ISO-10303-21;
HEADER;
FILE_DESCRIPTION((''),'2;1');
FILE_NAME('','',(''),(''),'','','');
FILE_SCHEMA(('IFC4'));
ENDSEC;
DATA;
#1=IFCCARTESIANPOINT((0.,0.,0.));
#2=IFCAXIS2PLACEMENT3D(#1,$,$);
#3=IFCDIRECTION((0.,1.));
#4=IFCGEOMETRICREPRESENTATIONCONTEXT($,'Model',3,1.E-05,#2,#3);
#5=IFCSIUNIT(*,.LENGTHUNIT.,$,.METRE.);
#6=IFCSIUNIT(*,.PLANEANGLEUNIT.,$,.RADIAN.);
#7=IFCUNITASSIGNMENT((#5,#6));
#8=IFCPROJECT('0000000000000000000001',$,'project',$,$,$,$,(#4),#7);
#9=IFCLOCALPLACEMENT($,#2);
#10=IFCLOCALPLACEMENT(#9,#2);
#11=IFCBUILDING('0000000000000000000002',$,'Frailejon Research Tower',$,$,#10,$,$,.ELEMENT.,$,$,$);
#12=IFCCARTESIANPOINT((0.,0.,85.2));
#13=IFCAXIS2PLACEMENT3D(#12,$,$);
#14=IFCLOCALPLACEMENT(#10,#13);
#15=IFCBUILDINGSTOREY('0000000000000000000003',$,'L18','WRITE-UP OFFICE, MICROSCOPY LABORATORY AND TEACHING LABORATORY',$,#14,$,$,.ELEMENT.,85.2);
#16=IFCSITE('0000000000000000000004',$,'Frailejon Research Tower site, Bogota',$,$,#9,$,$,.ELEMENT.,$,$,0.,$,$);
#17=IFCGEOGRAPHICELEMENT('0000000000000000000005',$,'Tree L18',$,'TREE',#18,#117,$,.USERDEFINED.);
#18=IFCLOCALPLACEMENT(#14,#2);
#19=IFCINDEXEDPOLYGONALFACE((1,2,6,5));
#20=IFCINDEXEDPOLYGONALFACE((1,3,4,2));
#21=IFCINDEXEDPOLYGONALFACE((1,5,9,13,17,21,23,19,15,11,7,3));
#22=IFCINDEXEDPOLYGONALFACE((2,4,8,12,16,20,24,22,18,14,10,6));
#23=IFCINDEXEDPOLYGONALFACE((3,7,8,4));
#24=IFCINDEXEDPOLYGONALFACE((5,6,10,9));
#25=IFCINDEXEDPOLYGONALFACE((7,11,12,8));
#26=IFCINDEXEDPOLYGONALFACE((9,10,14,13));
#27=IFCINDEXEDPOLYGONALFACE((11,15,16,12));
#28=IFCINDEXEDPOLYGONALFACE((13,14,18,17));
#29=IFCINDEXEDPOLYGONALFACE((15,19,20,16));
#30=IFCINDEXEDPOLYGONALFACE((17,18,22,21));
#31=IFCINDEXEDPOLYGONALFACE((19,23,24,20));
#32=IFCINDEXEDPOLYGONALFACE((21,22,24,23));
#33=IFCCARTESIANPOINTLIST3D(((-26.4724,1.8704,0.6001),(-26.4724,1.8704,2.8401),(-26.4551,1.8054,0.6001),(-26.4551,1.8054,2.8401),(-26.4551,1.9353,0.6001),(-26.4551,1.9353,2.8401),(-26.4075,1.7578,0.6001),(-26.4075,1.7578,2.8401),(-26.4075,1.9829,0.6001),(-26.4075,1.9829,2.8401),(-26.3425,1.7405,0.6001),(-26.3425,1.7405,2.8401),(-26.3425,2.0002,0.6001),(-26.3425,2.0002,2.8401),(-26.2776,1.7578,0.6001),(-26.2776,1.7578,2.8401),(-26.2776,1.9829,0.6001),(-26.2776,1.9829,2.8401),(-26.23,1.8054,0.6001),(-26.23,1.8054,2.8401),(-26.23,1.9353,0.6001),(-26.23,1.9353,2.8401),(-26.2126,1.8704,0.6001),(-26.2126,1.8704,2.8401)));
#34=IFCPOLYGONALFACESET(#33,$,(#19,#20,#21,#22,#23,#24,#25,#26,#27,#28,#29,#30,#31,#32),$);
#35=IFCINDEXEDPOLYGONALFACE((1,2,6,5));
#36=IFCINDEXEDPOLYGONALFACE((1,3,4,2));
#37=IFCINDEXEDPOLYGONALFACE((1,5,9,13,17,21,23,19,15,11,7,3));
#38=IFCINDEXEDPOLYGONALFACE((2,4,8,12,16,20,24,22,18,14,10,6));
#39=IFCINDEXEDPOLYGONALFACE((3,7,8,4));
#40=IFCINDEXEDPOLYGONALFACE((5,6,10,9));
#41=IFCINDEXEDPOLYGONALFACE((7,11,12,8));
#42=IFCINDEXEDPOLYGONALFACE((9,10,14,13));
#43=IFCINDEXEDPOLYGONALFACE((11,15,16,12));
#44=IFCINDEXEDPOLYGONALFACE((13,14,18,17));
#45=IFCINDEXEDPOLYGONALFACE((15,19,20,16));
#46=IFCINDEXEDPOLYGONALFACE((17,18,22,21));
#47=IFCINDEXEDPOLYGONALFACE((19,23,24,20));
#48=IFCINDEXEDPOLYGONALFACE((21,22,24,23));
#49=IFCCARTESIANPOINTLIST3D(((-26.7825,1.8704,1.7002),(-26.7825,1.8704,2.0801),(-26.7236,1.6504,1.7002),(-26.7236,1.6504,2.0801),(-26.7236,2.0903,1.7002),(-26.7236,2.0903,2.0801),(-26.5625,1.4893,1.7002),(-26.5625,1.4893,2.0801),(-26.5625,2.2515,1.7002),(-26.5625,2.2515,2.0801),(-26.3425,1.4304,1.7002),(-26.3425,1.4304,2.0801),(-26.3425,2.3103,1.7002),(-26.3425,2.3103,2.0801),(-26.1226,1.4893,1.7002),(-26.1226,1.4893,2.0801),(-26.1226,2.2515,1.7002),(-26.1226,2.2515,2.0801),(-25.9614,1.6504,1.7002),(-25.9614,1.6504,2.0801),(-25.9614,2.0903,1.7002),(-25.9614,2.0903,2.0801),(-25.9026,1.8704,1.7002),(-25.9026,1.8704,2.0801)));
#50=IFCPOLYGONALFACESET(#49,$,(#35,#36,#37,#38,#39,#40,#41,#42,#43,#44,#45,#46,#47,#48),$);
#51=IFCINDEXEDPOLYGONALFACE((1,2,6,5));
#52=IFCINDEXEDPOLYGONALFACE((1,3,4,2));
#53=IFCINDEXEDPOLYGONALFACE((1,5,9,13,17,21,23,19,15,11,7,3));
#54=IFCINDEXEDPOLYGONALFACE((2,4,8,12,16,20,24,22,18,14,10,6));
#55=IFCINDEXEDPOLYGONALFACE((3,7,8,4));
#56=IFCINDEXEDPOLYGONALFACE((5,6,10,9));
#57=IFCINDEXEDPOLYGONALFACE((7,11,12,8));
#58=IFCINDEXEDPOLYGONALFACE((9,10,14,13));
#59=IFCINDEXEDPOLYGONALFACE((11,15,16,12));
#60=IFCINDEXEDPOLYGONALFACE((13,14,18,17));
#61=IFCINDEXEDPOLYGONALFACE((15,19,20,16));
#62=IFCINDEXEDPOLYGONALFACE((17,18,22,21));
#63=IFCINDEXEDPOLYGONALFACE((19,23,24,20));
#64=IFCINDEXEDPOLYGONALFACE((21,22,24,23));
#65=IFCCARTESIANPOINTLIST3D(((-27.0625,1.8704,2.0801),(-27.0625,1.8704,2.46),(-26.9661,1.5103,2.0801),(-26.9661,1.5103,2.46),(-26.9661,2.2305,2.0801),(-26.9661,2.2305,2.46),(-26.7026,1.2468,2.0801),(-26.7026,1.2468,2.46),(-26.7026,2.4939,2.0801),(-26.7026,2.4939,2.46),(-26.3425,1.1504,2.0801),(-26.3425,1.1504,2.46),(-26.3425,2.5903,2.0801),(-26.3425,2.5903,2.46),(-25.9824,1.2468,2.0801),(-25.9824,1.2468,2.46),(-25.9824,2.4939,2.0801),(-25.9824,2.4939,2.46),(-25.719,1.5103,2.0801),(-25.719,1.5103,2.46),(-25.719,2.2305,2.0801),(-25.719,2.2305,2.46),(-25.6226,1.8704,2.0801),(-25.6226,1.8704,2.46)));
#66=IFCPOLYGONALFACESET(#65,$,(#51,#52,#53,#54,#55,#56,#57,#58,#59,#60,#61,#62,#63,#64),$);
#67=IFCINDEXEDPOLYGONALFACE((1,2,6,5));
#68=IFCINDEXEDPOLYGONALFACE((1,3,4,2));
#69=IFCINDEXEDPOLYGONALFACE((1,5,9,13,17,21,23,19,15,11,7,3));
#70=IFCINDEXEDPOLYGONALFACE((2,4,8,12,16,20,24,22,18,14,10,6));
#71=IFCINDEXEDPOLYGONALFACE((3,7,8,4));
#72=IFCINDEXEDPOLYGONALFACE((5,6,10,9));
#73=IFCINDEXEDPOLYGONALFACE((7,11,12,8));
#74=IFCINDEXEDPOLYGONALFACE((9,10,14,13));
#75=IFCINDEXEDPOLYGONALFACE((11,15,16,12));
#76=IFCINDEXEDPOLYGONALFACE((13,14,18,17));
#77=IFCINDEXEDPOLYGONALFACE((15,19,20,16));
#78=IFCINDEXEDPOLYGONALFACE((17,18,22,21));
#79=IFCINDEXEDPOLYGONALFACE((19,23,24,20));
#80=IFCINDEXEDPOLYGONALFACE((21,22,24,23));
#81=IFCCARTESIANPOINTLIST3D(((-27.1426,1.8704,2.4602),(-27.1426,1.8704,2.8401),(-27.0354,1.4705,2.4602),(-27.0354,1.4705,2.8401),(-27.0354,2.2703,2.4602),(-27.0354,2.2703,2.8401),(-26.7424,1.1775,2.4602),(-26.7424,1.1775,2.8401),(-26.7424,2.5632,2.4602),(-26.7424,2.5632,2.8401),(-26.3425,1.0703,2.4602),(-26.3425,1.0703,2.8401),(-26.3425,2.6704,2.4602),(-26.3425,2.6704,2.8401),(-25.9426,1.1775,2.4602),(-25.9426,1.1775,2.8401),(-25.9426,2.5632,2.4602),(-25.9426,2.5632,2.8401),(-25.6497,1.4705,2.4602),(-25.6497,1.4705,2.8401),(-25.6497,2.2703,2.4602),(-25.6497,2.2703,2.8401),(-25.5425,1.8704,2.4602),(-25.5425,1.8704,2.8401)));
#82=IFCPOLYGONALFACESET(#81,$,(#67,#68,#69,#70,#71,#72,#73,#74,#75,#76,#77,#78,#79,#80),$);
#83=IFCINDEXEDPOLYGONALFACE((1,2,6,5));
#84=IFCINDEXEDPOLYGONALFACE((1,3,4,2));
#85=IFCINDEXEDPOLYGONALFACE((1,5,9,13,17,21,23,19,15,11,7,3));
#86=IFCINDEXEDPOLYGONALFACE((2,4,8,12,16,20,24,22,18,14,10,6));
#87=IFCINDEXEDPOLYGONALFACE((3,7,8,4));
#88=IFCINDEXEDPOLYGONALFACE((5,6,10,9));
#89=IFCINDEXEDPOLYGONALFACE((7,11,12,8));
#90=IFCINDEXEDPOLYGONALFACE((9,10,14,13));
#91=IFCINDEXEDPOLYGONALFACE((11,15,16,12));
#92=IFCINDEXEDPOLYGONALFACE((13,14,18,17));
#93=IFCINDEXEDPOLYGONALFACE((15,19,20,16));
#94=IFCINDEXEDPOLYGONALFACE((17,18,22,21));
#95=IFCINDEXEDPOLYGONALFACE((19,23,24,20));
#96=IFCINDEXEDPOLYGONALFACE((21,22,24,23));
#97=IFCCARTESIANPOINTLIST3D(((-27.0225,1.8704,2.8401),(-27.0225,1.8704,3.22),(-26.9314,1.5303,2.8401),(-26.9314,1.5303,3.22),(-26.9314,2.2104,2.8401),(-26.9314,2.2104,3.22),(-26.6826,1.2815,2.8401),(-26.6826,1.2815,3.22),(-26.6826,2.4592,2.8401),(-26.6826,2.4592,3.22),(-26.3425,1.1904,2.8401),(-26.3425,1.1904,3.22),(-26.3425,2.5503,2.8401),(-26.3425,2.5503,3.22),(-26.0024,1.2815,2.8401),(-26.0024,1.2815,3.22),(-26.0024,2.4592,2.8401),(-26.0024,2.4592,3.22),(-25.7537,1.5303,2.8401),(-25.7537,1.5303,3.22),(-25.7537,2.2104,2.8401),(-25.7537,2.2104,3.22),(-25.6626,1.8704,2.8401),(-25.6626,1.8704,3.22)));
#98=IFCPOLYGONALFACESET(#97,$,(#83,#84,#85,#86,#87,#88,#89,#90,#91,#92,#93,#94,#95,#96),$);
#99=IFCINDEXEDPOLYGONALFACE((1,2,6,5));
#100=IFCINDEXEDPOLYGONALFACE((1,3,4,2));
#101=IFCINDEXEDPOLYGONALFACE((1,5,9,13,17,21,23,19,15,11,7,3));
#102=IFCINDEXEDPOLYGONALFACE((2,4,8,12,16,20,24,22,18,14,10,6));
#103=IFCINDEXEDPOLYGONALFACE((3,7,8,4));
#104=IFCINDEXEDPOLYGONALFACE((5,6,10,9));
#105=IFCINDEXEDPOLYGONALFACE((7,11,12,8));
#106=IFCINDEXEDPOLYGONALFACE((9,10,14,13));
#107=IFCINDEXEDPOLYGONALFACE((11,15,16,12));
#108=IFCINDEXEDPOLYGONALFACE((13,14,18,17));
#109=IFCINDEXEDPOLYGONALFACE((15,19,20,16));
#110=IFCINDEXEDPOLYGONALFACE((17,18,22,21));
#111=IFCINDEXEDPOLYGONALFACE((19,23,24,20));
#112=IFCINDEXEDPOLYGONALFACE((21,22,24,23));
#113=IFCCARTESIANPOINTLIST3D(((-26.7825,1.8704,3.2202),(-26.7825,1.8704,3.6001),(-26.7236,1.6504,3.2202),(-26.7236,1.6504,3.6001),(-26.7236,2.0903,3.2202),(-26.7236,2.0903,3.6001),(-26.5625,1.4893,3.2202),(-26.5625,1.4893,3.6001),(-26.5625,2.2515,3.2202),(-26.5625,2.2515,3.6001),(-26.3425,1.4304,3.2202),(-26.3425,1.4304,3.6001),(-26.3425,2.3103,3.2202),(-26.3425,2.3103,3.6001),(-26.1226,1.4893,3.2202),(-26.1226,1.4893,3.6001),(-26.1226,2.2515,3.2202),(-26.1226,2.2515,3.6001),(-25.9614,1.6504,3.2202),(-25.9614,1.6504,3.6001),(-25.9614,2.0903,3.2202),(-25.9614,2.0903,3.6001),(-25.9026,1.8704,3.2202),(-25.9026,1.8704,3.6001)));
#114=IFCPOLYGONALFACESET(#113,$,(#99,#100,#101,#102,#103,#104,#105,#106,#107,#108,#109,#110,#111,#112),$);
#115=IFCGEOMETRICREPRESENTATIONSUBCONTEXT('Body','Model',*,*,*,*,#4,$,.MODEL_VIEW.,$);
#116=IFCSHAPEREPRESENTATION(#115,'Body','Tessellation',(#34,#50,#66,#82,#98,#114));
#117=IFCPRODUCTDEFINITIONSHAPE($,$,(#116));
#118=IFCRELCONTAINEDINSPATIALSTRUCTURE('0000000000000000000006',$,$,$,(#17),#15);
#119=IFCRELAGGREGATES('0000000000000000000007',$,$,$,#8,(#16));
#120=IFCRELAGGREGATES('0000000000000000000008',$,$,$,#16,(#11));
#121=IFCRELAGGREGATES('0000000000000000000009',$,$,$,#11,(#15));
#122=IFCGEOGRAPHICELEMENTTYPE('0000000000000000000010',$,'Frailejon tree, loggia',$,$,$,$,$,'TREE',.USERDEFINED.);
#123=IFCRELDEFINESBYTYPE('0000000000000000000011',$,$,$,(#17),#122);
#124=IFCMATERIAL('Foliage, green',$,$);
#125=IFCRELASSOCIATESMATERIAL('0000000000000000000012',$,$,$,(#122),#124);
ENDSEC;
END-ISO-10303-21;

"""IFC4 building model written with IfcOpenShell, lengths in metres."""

from ifc_helpers import new_model, si_unit, direction, frame, origin, place, context, subcontext, project, spatial, polyline, outline, extrude, material, type_object, element, save


model = new_model("IFC4")

# Units and contexts
model_context = context("Model", 3, precision=1e-05, world=origin(), true_north=direction((0.0, 1.0)))
body_context = subcontext(model_context, "Body", "Model", "MODEL_VIEW")
ifc_project = project(units=[si_unit("LENGTHUNIT", "METRE"), si_unit("PLANEANGLEUNIT", "RADIAN")], contexts=[model_context])

# Site, building, storey
site_placement = place(None, origin())
site = spatial("IfcSite", under=ifc_project, at=site_placement, Name="Frailejon Research Tower site, Bogota", CompositionType="ELEMENT", RefElevation=0.0)
building_placement = place(site_placement, origin())
building = spatial("IfcBuilding", under=site, at=building_placement, Name="Frailejon Research Tower", CompositionType="ELEMENT")
storey_placement = place(building_placement, frame((0.0, 0.0, 85.2)))
storey = spatial("IfcBuildingStorey", under=building, at=storey_placement, Name="L18", Description="WRITE-UP OFFICE, MICROSCOPY LABORATORY AND TEACHING LABORATORY", CompositionType="ELEMENT", Elevation=85.2)

# Geographic element
ifc_material_1 = material(Name="Foliage, green")
geographic_element_type = type_object("IfcGeographicElementType", Name="Frailejon tree, loggia", ElementType="TREE", PredefinedType="USERDEFINED", material=ifc_material_1)
geographic_element_placement = place(storey_placement, frame((-26.3425, 1.8704, 0.6001)))
element("IfcGeographicElement", 1, at=geographic_element_placement, inside=storey, type_object=geographic_element_type, Name="Tree L18", ObjectType="TREE", PredefinedType="USERDEFINED", context=body_context, shape_type="SweptSolid", body=[
    extrude(outline(polyline([(0.1299, 0.0), (0.1125, 0.0649), (0.0649, 0.1125), (0.0, 0.1299), (-0.0649, 0.1125), (-0.1125, 0.0649), (-0.1299, 0.0), (-0.1125, -0.0649), (-0.0649, -0.1125), (0.0, -0.1299), (0.0649, -0.1125), (0.1125, -0.0649), (0.1299, 0.0)])), origin(), (0.0, 0.0, 1.0), 2.24),
    extrude(outline(polyline([(0.4399, 0.0), (0.3811, 0.22), (0.22, 0.3811), (0.0, 0.4399), (-0.22, 0.3811), (-0.3811, 0.22), (-0.4399, 0.0), (-0.3811, -0.22), (-0.22, -0.3811), (0.0, -0.4399), (0.22, -0.3811), (0.3811, -0.22), (0.4399, 0.0)])), frame((0.0, 0.0, 1.1001)), (0.0, 0.0, 1.0), 0.3799),
    extrude(outline(polyline([(0.72, 0.0), (0.6235, 0.3601), (0.3601, 0.6235), (0.0, 0.72), (-0.3601, 0.6235), (-0.6235, 0.3601), (-0.72, 0.0), (-0.6235, -0.3601), (-0.3601, -0.6235), (0.0, -0.72), (0.3601, -0.6235), (0.6235, -0.3601), (0.72, 0.0)])), frame((0.0, 0.0, 1.48)), (0.0, 0.0, 1.0), 0.3799),
    extrude(outline(polyline([(0.8, 0.0), (0.6929, 0.3999), (0.3999, 0.6929), (0.0, 0.8), (-0.3999, 0.6929), (-0.6929, 0.3999), (-0.8, 0.0), (-0.6929, -0.3999), (-0.3999, -0.6929), (0.0, -0.8), (0.3999, -0.6929), (0.6929, -0.3999), (0.8, 0.0)])), frame((0.0, 0.0, 1.8601)), (0.0, 0.0, 1.0), 0.3799),
    extrude(outline(polyline([(0.6799, 0.0), (0.5889, 0.3401), (0.3401, 0.5889), (0.0, 0.6799), (-0.3401, 0.5889), (-0.5889, 0.3401), (-0.6799, 0.0), (-0.5889, -0.3401), (-0.3401, -0.5889), (0.0, -0.6799), (0.3401, -0.5889), (0.5889, -0.3401), (0.6799, 0.0)])), frame((0.0, 0.0, 2.24)), (0.0, 0.0, 1.0), 0.3799),
    extrude(outline(polyline([(0.4399, 0.0), (0.3811, 0.22), (0.22, 0.3811), (0.0, 0.4399), (-0.22, 0.3811), (-0.3811, 0.22), (-0.4399, 0.0), (-0.3811, -0.22), (-0.22, -0.3811), (0.0, -0.4399), (0.22, -0.3811), (0.3811, -0.22), (0.4399, 0.0)])), frame((0.0, 0.0, 2.6201)), (0.0, 0.0, 1.0), 0.3799),
])

save(model, "model.ifc")
